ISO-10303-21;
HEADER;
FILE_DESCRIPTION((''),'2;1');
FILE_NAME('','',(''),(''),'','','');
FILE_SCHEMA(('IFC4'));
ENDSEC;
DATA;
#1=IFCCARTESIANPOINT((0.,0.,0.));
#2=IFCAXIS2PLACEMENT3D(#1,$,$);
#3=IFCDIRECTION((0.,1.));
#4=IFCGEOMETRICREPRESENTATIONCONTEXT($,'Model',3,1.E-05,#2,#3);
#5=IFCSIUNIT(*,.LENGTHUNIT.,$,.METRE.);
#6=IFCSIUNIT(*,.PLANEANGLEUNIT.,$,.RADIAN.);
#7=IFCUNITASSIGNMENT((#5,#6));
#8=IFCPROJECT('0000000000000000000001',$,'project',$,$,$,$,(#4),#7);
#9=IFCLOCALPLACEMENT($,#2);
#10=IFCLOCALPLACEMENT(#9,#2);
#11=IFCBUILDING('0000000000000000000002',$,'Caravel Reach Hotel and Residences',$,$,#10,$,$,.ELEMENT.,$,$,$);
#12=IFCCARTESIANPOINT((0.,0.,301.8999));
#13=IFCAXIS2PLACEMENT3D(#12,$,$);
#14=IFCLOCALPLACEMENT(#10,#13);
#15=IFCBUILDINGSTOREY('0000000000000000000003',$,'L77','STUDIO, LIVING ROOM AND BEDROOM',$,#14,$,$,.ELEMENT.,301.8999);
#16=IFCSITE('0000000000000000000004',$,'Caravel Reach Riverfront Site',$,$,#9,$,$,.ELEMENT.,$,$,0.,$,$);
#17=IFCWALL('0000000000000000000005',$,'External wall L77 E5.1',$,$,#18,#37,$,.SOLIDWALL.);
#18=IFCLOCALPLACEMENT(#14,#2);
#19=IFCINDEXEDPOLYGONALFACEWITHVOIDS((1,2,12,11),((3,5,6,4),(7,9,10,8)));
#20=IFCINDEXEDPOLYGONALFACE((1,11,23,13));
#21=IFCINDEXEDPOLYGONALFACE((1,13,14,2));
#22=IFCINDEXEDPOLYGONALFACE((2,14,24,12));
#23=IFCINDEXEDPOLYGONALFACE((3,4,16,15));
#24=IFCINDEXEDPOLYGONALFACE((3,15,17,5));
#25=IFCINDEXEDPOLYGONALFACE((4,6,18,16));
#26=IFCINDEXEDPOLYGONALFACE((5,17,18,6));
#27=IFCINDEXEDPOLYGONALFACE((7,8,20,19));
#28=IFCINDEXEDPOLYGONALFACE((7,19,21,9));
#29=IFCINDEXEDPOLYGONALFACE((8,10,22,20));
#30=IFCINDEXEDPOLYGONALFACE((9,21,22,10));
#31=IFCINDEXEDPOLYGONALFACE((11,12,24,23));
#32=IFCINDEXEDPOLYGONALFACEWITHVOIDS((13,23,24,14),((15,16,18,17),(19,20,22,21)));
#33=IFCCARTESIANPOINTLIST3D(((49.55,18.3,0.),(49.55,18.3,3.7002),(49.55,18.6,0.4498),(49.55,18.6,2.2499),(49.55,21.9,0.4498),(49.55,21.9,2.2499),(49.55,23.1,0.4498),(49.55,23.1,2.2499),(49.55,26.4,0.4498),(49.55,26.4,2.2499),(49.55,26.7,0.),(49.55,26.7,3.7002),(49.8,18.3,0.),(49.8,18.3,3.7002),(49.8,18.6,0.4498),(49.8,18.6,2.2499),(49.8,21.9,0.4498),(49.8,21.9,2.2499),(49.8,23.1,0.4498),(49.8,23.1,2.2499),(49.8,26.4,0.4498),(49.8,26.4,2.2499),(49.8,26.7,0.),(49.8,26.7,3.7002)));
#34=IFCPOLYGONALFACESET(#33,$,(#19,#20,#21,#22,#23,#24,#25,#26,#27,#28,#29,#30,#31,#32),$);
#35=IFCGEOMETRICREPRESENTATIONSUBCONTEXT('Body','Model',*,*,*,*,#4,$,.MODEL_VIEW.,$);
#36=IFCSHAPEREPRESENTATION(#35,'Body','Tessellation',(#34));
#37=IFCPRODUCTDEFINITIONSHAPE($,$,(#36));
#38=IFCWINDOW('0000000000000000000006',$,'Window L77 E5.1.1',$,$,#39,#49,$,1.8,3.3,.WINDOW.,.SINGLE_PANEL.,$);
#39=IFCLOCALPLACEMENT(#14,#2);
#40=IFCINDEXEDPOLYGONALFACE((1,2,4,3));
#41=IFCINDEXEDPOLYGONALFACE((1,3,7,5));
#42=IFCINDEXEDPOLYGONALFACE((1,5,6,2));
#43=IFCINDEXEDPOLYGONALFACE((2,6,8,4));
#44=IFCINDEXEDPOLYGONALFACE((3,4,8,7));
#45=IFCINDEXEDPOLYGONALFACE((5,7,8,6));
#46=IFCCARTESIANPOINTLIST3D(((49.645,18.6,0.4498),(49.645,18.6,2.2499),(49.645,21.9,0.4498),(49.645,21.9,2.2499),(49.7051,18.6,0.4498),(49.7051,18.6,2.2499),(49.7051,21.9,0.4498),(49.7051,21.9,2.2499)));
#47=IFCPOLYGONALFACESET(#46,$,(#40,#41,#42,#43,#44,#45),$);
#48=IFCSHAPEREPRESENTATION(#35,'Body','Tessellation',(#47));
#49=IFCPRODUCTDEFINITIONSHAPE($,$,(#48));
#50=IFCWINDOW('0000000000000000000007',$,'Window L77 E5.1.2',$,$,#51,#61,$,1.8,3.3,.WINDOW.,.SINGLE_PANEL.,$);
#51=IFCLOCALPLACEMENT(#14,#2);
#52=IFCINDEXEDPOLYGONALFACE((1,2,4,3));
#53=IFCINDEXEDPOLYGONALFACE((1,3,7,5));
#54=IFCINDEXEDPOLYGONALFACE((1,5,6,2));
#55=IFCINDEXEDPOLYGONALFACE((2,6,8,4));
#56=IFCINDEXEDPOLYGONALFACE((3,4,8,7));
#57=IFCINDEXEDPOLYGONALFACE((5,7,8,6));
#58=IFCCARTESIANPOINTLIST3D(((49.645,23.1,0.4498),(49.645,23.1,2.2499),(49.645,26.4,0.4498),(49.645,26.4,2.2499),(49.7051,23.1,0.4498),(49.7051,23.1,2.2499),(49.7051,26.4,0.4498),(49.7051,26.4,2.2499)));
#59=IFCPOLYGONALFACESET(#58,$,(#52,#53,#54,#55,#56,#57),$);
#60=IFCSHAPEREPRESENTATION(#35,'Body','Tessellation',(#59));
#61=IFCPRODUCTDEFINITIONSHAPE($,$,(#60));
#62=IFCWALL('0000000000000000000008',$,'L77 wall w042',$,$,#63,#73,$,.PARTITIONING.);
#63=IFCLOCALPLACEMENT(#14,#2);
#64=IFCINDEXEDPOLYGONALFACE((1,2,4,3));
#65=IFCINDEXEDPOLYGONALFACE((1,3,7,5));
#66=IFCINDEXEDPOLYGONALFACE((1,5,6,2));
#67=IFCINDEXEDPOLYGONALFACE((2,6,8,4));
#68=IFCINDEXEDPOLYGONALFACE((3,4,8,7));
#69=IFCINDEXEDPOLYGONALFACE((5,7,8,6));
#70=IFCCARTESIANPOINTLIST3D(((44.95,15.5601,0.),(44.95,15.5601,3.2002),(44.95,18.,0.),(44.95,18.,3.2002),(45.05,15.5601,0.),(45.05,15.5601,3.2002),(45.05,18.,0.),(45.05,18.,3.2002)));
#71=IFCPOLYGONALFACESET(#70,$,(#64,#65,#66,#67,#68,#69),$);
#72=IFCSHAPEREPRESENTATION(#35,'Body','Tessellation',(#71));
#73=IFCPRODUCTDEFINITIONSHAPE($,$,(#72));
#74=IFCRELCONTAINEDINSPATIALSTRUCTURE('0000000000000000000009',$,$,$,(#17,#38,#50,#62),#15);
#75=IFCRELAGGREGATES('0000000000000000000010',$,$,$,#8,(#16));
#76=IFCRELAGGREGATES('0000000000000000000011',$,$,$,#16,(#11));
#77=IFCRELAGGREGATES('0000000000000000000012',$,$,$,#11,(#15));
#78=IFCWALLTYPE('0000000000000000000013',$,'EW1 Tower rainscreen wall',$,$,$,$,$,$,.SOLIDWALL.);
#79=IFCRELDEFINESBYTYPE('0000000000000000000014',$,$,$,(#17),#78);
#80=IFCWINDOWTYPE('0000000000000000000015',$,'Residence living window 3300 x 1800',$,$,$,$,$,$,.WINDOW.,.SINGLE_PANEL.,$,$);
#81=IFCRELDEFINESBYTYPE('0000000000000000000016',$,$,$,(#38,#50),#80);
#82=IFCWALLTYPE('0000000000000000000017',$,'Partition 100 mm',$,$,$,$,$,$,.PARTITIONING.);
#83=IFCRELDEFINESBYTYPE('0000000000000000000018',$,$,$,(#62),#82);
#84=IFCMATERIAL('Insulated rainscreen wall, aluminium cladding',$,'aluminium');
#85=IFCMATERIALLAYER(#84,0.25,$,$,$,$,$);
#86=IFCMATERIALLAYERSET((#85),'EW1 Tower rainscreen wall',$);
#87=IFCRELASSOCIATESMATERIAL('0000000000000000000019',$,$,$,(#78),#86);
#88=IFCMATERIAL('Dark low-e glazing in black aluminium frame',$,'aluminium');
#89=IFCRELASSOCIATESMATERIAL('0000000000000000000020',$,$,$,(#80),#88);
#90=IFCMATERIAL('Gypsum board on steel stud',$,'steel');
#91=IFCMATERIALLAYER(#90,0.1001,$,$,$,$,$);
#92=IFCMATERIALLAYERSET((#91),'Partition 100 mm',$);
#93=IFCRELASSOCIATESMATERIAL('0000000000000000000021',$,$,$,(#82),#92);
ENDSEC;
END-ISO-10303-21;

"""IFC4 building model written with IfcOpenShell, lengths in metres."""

from ifc_helpers import new_model, si_unit, direction, frame, frame_2d, origin, place, context, subcontext, project, spatial, rectangle, extrude, material, layer, layer_set, type_object, element, fill, save


model = new_model("IFC4")

# Units and contexts
model_context = context("Model", 3, precision=1e-05, world=origin(), true_north=direction((0.0, 1.0)))
body_context = subcontext(model_context, "Body", "Model", "MODEL_VIEW")
ifc_project = project(units=[si_unit("LENGTHUNIT", "METRE"), si_unit("PLANEANGLEUNIT", "RADIAN")], contexts=[model_context])

# Site, building, storey
site_placement = place(None, origin())
site = spatial("IfcSite", under=ifc_project, at=site_placement, Name="Caravel Reach Riverfront Site", CompositionType="ELEMENT", RefElevation=0.0)
building_placement = place(site_placement, origin())
building = spatial("IfcBuilding", under=site, at=building_placement, Name="Caravel Reach Hotel and Residences", CompositionType="ELEMENT")
storey_placement = place(building_placement, frame((0.0, 0.0, 301.8999)))
storey = spatial("IfcBuildingStorey", under=building, at=storey_placement, Name="L77", Description="STUDIO, LIVING ROOM AND BEDROOM", CompositionType="ELEMENT", Elevation=301.8999)

# Shared definitions
ifc_material_1 = material(Name="Insulated rainscreen wall, aluminium cladding", Category="aluminium")
ifc_layer_1 = layer(ifc_material_1, 0.25)
ifc_layer_set_1 = layer_set([ifc_layer_1], Name="EW1 Tower rainscreen wall")
wall_type_1 = type_object("IfcWallType", Name="EW1 Tower rainscreen wall", PredefinedType="SOLIDWALL", material=ifc_layer_set_1)

# Wall, openings, windows
wall_1_placement = place(storey_placement, frame((49.675, 18.3, 0.0), z_axis=(0.0, 0.0, 1.0), x_axis=(0.0, 1.0, 0.0)))
wall_1 = element("IfcWall", 1, at=wall_1_placement, inside=storey, type_object=wall_type_1, Name="External wall L77 E5.1", PredefinedType="SOLIDWALL", context=body_context, shape_type="SweptSolid", body=[
    extrude(rectangle(XDim=8.3999, YDim=0.25, at=frame_2d((4.2, 0.0))), origin(), (0.0, 0.0, 1.0), 3.7002),
])
opening_1_placement = place(wall_1_placement, frame((0.3, 0.0, 0.45)))
opening_1 = element("IfcOpeningElement", 2, at=opening_1_placement, cuts=wall_1, PredefinedType="OPENING", context=body_context, shape_type="SweptSolid", body=[
    extrude(rectangle(XDim=3.3, YDim=1.8, at=frame_2d((1.6499, 0.8999))), frame((0.0, 0.135, 0.0), z_axis=(0.0, -1.0, 0.0), x_axis=(1.0, 0.0, 0.0)), (0.0, 0.0, 1.0), 0.27),
])
opening_2_placement = place(wall_1_placement, frame((4.8, 0.0, 0.45)))
opening_2 = element("IfcOpeningElement", 3, at=opening_2_placement, cuts=wall_1, PredefinedType="OPENING", context=body_context, shape_type="SweptSolid", body=[
    extrude(rectangle(XDim=3.3, YDim=1.8, at=frame_2d((1.6499, 0.8999))), frame((0.0, 0.135, 0.0), z_axis=(0.0, -1.0, 0.0), x_axis=(1.0, 0.0, 0.0)), (0.0, 0.0, 1.0), 0.27),
])
ifc_material_2 = material(Name="Dark low-e glazing in black aluminium frame", Category="aluminium")
window_type_1 = type_object("IfcWindowType", Name="Residence living window 3300 x 1800", PartitioningType="SINGLE_PANEL", PredefinedType="WINDOW", material=ifc_material_2)
window_1_placement = place(opening_1_placement, origin())
window_1 = element("IfcWindow", 4, at=window_1_placement, inside=storey, type_object=window_type_1, Name="Window L77 E5.1.1", OverallHeight=1.8, OverallWidth=3.3, PartitioningType="SINGLE_PANEL", PredefinedType="WINDOW", context=body_context, shape_type="SweptSolid", body=[
    extrude(rectangle(XDim=3.3, YDim=1.8, at=frame_2d((1.6499, 0.8999))), frame((0.0, 0.03, 0.0), z_axis=(0.0, -1.0, 0.0), x_axis=(1.0, 0.0, 0.0)), (0.0, 0.0, 1.0), 0.0601),
])
fill(opening_1, window_1)
window_2_placement = place(opening_2_placement, origin())
window_2 = element("IfcWindow", 5, at=window_2_placement, inside=storey, type_object=window_type_1, Name="Window L77 E5.1.2", OverallHeight=1.8, OverallWidth=3.3, PartitioningType="SINGLE_PANEL", PredefinedType="WINDOW", context=body_context, shape_type="SweptSolid", body=[
    extrude(rectangle(XDim=3.3, YDim=1.8, at=frame_2d((1.6499, 0.8999))), frame((0.0, 0.03, 0.0), z_axis=(0.0, -1.0, 0.0), x_axis=(1.0, 0.0, 0.0)), (0.0, 0.0, 1.0), 0.0601),
])
fill(opening_2, window_2)

# Wall
ifc_material_3 = material(Name="Gypsum board on steel stud", Category="steel")
ifc_layer_2 = layer(ifc_material_3, 0.1001)
ifc_layer_set_2 = layer_set([ifc_layer_2], Name="Partition 100 mm")
wall_type_2 = type_object("IfcWallType", Name="Partition 100 mm", PredefinedType="PARTITIONING", material=ifc_layer_set_2)
wall_2_placement = place(storey_placement, frame((45.0, 15.5601, 0.0), z_axis=(0.0, 0.0, 1.0), x_axis=(0.0, 1.0, 0.0)))
element("IfcWall", 6, at=wall_2_placement, inside=storey, type_object=wall_type_2, Name="L77 wall w042", PredefinedType="PARTITIONING", context=body_context, shape_type="SweptSolid", body=[
    extrude(rectangle(XDim=2.4399, YDim=0.1001, at=frame_2d((1.22, 0.0))), origin(), (0.0, 0.0, 1.0), 3.2002),
])

save(model, "model.ifc")
